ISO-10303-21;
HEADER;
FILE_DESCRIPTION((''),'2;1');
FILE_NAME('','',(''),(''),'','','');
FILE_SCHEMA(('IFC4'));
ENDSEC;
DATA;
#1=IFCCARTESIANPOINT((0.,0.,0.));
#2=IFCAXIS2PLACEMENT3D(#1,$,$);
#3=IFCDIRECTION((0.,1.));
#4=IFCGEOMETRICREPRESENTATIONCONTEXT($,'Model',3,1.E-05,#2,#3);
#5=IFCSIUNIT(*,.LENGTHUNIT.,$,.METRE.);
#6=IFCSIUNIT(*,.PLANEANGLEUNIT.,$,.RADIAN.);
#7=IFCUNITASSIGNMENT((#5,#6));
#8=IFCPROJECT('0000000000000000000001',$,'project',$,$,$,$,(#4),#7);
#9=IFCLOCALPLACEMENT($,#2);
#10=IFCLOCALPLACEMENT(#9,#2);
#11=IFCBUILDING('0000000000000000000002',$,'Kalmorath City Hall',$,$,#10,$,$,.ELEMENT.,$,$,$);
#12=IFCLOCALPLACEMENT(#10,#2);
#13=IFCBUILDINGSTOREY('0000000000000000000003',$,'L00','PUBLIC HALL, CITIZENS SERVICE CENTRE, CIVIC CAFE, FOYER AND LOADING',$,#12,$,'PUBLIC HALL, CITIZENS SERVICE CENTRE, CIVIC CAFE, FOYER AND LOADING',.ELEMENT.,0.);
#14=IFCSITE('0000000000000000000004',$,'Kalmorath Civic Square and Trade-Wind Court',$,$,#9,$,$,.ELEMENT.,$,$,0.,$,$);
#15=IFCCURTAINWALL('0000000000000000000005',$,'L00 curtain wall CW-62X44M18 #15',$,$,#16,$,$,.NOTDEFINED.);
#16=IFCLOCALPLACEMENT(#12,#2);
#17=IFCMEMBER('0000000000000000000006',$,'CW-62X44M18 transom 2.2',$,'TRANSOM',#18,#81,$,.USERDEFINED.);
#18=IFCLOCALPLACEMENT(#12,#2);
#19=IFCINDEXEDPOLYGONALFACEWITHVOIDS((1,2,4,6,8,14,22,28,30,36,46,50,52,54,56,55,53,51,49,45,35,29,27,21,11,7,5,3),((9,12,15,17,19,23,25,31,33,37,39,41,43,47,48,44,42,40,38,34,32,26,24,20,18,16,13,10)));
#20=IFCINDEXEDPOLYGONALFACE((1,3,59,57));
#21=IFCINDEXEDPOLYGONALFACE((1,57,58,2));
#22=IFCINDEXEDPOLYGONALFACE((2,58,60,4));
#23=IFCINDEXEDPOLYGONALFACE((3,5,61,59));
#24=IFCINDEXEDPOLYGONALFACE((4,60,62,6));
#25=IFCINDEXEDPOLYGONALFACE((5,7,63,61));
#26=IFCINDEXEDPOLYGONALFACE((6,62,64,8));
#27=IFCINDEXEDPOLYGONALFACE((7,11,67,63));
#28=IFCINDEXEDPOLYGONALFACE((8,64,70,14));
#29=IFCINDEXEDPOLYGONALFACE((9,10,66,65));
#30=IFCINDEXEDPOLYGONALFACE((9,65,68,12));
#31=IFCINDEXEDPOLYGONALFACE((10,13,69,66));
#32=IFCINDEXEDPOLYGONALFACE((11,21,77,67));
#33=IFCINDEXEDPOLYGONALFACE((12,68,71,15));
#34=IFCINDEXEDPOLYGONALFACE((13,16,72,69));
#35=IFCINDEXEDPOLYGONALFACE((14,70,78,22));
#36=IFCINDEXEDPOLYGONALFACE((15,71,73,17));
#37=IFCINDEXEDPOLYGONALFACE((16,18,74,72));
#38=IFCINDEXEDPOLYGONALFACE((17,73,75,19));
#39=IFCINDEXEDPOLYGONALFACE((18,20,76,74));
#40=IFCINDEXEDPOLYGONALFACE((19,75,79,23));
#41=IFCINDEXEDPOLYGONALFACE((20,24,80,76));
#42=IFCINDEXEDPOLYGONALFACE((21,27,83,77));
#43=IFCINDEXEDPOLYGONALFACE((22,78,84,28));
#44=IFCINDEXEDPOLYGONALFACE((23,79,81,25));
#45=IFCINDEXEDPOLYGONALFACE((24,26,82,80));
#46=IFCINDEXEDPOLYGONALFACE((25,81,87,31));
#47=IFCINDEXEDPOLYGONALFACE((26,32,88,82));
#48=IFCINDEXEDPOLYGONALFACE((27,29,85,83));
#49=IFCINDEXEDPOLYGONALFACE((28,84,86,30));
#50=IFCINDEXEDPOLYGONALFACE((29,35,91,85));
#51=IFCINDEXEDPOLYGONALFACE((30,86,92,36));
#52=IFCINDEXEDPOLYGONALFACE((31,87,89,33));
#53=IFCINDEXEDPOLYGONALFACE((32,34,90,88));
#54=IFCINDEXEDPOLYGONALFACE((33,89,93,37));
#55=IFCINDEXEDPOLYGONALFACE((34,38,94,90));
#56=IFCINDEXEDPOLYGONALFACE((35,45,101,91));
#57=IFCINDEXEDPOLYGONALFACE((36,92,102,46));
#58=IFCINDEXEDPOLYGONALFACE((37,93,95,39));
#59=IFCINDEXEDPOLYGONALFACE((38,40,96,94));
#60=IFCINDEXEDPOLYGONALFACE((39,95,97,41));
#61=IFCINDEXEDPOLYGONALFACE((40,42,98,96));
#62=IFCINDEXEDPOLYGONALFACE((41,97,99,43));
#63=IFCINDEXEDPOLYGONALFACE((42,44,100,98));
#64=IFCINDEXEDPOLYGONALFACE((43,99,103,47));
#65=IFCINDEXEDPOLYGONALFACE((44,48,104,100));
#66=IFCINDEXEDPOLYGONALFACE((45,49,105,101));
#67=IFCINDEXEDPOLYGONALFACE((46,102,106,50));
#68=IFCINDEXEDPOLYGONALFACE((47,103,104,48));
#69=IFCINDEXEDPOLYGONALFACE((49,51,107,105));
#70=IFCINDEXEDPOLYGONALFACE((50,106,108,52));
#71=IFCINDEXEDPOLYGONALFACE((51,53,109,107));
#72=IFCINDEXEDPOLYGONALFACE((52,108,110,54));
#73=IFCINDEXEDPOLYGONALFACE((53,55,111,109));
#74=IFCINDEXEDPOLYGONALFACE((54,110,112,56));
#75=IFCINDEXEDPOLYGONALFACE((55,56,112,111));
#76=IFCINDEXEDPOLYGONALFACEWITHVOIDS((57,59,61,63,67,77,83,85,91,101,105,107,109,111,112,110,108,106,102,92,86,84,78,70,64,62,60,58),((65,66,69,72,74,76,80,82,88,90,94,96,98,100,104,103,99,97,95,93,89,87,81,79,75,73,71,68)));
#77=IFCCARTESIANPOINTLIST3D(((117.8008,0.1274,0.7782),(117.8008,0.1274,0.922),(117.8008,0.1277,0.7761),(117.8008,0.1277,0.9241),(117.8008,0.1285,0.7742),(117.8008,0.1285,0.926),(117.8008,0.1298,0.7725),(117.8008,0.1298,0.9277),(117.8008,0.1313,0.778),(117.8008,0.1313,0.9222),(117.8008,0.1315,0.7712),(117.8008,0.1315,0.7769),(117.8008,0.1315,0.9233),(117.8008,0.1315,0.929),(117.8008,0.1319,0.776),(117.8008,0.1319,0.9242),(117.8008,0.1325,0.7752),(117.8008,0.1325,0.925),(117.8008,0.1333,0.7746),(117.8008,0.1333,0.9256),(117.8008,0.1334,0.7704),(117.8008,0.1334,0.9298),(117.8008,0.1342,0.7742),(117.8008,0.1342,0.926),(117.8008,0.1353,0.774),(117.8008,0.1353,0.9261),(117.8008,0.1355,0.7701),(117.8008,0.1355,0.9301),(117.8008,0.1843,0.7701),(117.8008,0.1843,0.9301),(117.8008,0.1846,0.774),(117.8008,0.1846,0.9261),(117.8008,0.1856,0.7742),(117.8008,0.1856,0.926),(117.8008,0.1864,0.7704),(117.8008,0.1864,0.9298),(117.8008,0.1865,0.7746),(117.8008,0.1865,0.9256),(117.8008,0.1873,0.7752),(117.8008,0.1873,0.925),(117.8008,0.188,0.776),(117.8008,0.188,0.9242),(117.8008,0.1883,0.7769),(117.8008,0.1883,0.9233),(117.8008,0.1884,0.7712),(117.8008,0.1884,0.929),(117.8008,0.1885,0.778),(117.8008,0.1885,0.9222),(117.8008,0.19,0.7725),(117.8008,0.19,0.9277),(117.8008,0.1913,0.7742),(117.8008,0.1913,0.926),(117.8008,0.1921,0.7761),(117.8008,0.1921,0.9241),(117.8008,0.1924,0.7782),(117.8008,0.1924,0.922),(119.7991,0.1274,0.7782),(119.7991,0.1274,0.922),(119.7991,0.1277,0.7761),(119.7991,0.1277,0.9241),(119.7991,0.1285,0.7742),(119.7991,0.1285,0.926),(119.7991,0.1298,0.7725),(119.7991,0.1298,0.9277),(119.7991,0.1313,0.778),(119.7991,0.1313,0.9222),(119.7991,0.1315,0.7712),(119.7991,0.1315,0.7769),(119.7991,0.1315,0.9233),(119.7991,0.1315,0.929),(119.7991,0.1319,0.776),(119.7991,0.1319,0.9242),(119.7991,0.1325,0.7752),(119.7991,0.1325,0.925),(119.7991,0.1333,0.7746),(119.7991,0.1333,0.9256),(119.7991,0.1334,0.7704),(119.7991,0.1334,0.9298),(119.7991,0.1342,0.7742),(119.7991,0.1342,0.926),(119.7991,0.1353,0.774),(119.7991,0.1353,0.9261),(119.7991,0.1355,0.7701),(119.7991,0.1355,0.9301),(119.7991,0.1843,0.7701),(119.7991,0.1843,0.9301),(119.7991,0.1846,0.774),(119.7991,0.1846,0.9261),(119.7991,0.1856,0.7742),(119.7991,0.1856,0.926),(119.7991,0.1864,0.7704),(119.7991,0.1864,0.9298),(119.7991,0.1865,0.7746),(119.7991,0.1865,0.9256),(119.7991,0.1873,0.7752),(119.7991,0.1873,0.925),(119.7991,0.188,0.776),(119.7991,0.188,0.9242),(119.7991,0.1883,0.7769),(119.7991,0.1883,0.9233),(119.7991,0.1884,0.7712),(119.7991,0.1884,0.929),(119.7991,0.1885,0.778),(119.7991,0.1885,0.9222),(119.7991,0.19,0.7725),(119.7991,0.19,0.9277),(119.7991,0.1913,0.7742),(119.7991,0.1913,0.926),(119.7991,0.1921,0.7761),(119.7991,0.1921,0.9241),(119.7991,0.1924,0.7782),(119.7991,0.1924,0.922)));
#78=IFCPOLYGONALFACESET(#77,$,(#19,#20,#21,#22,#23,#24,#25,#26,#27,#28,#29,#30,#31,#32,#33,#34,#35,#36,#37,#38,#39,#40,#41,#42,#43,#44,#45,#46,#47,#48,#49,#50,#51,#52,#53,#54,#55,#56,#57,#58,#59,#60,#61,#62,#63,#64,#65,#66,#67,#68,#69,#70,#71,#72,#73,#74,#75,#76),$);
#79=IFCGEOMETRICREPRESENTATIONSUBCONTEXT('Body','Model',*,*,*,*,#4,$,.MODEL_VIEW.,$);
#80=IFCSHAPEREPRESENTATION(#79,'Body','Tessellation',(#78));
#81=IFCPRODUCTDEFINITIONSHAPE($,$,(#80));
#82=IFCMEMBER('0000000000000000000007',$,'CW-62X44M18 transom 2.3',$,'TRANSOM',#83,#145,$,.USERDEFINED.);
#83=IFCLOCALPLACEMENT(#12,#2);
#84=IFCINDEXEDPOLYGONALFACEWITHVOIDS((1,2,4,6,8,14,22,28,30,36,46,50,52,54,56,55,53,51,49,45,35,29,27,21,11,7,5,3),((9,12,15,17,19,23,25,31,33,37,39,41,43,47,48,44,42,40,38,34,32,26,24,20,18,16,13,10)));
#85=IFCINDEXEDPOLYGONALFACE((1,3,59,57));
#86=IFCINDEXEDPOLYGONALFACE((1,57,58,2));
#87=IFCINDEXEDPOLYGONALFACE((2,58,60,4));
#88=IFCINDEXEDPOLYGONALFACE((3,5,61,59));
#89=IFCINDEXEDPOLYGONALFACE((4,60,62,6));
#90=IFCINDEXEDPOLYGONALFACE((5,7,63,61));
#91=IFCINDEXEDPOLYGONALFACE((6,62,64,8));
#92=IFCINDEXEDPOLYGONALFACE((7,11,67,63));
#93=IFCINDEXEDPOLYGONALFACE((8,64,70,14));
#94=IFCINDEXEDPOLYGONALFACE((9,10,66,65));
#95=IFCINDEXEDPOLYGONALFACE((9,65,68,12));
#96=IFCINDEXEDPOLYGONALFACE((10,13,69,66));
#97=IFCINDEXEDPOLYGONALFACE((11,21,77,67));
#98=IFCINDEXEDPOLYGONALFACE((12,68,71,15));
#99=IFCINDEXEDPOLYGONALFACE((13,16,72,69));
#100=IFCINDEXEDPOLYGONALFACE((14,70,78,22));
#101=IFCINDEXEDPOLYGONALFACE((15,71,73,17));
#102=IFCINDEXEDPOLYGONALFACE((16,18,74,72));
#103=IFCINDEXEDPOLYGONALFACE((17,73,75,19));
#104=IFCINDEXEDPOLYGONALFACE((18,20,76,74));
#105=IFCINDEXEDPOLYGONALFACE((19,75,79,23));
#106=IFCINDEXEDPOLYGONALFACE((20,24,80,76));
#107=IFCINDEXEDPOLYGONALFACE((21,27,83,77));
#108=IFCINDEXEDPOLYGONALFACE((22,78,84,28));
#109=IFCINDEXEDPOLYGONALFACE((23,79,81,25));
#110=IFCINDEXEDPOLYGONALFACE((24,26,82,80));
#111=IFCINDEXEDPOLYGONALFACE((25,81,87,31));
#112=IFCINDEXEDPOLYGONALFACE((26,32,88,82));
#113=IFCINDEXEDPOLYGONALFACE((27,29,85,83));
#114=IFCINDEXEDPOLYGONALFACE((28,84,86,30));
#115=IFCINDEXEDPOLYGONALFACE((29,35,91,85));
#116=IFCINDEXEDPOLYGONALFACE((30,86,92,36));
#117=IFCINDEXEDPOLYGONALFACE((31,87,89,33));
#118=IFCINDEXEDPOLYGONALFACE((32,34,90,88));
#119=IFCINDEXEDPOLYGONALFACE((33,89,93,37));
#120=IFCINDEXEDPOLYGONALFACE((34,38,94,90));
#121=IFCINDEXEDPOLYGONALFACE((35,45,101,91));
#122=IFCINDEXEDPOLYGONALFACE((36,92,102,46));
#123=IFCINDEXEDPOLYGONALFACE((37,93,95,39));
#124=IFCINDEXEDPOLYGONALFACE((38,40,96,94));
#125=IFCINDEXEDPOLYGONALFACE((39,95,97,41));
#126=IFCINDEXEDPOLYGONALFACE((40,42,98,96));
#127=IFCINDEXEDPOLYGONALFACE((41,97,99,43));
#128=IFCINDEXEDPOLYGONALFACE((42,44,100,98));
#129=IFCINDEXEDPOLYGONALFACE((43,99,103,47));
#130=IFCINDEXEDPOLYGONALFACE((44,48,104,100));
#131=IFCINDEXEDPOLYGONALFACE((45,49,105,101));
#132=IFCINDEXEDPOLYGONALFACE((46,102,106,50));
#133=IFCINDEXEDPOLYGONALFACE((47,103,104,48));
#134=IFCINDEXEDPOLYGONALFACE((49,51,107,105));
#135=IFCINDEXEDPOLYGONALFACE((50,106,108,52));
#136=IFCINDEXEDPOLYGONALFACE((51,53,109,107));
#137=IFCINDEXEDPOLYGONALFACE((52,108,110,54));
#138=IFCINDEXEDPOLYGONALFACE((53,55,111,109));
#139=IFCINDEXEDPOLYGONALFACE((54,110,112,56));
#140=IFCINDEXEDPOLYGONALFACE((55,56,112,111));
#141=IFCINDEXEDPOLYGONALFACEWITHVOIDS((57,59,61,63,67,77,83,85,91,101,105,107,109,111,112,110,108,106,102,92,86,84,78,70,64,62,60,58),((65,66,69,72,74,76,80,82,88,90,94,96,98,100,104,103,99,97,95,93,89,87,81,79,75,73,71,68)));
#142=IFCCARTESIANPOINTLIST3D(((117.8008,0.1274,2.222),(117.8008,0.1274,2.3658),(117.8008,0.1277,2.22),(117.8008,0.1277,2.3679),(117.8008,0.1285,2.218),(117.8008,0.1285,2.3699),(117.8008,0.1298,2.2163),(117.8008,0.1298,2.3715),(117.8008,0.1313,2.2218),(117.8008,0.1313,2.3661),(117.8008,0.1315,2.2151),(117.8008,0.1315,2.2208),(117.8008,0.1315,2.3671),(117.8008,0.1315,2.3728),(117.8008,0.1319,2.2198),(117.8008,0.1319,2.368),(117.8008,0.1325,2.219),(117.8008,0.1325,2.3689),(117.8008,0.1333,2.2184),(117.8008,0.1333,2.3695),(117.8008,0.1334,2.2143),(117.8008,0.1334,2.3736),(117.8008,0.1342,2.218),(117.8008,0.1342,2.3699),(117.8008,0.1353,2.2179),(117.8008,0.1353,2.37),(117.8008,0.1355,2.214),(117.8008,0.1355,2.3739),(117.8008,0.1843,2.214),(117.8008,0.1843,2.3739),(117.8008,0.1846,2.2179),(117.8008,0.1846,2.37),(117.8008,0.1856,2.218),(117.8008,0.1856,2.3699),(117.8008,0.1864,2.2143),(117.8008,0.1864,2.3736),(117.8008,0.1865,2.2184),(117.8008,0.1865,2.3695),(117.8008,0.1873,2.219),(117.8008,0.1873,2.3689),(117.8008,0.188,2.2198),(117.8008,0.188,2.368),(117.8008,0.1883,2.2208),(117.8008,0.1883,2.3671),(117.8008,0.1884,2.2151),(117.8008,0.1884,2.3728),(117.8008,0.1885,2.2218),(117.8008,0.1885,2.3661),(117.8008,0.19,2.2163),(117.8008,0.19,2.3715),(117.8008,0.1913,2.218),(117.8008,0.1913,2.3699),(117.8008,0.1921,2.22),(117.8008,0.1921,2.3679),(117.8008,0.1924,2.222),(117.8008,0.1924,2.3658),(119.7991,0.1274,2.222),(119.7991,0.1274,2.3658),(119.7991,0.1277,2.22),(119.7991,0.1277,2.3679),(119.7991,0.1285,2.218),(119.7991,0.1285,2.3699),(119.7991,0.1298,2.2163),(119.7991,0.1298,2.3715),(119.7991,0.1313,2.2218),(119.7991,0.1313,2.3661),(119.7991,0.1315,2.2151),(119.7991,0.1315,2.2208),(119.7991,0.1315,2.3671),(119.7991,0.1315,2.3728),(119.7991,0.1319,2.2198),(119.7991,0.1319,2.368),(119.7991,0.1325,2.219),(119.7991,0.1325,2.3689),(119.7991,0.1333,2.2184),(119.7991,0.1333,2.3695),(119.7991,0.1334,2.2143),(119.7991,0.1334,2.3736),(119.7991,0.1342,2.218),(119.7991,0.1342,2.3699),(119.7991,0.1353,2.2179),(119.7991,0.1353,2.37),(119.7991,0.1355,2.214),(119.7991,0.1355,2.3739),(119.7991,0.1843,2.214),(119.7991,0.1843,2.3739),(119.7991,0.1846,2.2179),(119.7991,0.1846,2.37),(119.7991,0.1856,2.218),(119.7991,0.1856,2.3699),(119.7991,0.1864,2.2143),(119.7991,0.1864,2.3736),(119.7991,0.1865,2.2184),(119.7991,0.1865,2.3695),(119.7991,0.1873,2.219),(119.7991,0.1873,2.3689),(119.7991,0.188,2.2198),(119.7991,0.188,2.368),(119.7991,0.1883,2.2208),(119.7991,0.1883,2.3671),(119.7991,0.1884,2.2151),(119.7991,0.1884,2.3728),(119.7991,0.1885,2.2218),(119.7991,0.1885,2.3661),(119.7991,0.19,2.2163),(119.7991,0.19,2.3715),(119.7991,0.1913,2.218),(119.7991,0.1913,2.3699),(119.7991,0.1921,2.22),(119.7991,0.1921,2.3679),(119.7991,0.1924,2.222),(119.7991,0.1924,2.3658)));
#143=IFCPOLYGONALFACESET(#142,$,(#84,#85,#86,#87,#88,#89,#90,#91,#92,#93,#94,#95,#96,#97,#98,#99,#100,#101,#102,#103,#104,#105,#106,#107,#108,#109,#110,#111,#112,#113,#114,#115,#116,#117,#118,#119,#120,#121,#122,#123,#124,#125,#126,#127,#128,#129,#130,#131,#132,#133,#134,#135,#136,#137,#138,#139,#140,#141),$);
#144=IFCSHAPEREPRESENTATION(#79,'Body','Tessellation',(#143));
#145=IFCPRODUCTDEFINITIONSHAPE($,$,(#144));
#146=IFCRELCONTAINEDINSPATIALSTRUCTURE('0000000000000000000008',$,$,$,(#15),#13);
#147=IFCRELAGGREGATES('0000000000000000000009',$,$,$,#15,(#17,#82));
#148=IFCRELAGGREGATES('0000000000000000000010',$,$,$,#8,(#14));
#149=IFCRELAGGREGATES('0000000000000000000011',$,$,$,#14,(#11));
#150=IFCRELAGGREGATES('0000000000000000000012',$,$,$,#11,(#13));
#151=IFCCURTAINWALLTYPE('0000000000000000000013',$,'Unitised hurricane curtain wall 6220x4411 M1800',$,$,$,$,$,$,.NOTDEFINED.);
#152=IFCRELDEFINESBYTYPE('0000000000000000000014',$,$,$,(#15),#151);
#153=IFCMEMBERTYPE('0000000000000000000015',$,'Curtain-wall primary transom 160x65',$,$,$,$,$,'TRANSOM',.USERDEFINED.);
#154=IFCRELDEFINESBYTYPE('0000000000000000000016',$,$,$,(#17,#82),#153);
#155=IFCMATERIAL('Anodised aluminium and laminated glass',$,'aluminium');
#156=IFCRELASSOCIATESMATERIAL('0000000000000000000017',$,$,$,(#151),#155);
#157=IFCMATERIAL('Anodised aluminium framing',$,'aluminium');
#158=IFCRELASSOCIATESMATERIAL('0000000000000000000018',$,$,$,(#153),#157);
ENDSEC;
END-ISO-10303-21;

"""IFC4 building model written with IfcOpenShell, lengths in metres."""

from ifc_helpers import new_model, si_unit, direction, frame, origin, origin_2d, place, context, subcontext, project, spatial, hollow_rectangle, extrude, material, material_profile, profile_set, type_object, element, aggregate, save


model = new_model("IFC4")

# Units and contexts
model_context = context("Model", 3, precision=1e-05, world=origin(), true_north=direction((0.0, 1.0)))
body_context = subcontext(model_context, "Body", "Model", "MODEL_VIEW")
ifc_project = project(units=[si_unit("LENGTHUNIT", "METRE"), si_unit("PLANEANGLEUNIT", "RADIAN")], contexts=[model_context])

# Site, building, storey
site_placement = place(None, origin())
site = spatial("IfcSite", under=ifc_project, at=site_placement, Name="Kalmorath Civic Square and Trade-Wind Court", CompositionType="ELEMENT", RefElevation=0.0)
building_placement = place(site_placement, origin())
building = spatial("IfcBuilding", under=site, at=building_placement, Name="Kalmorath City Hall", CompositionType="ELEMENT")
storey_placement = place(building_placement, origin())
storey = spatial("IfcBuildingStorey", under=building, at=storey_placement, Name="L00", Description="PUBLIC HALL, CITIZENS SERVICE CENTRE, CIVIC CAFE, FOYER AND LOADING", LongName="PUBLIC HALL, CITIZENS SERVICE CENTRE, CIVIC CAFE, FOYER AND LOADING", CompositionType="ELEMENT", Elevation=0.0)

# Curtain wall, members
ifc_material_1 = material(Name="Anodised aluminium and laminated glass", Category="aluminium")
curtain_wall_type = type_object("IfcCurtainWallType", Name="Unitised hurricane curtain wall 6220x4411 M1800", PredefinedType="NOTDEFINED", material=ifc_material_1)
curtain_wall_placement = place(storey_placement, origin())
curtain_wall = element("IfcCurtainWall", 1, at=curtain_wall_placement, inside=storey, type_object=curtain_wall_type, Name="L00 curtain wall CW-62X44M18 #15", PredefinedType="NOTDEFINED")
ifc_material_2 = material(Name="Anodised aluminium framing", Category="aluminium")
ifc_material_profile_1 = material_profile(ifc_material_2, hollow_rectangle(XDim=0.0649, YDim=0.1599, WallThickness=0.0039, InnerFilletRadius=0.0039, OuterFilletRadius=0.0081, at=origin_2d()), Name="ALU-TRN-160X65X4")
ifc_profile_set_1 = profile_set([ifc_material_profile_1], Name="Anodised aluminium framing")
member_type_1 = type_object("IfcMemberType", Name="Curtain-wall primary transom 160x65", ElementType="TRANSOM", PredefinedType="USERDEFINED", material=ifc_profile_set_1)
member_1_placement = place(storey_placement, frame((119.7991, 0.1599, 0.8501), z_axis=(-1.0, 0.0, 0.0), x_axis=(0.0, -1.0, 0.0)))
member_1 = element("IfcMember", 2, at=member_1_placement, type_object=member_type_1, Name="CW-62X44M18 transom 2.2", ObjectType="TRANSOM", PredefinedType="USERDEFINED", context=body_context, shape_type="SweptSolid", body=[
    extrude(hollow_rectangle(XDim=0.0649, YDim=0.1599, WallThickness=0.0039, InnerFilletRadius=0.0039, OuterFilletRadius=0.0081, at=origin_2d()), origin(), (0.0, 0.0, 1.0), 1.9983),
])
member_2_placement = place(storey_placement, frame((119.7991, 0.1599, 2.2939), z_axis=(-1.0, 0.0, 0.0), x_axis=(0.0, -1.0, 0.0)))
member_2 = element("IfcMember", 3, at=member_2_placement, type_object=member_type_1, Name="CW-62X44M18 transom 2.3", ObjectType="TRANSOM", PredefinedType="USERDEFINED", context=body_context, shape_type="SweptSolid", body=[
    extrude(hollow_rectangle(XDim=0.0649, YDim=0.1599, WallThickness=0.0039, InnerFilletRadius=0.0039, OuterFilletRadius=0.0081, at=origin_2d()), origin(), (0.0, 0.0, 1.0), 1.9983),
])
aggregate(curtain_wall, [member_1, member_2])

save(model, "model.ifc")
